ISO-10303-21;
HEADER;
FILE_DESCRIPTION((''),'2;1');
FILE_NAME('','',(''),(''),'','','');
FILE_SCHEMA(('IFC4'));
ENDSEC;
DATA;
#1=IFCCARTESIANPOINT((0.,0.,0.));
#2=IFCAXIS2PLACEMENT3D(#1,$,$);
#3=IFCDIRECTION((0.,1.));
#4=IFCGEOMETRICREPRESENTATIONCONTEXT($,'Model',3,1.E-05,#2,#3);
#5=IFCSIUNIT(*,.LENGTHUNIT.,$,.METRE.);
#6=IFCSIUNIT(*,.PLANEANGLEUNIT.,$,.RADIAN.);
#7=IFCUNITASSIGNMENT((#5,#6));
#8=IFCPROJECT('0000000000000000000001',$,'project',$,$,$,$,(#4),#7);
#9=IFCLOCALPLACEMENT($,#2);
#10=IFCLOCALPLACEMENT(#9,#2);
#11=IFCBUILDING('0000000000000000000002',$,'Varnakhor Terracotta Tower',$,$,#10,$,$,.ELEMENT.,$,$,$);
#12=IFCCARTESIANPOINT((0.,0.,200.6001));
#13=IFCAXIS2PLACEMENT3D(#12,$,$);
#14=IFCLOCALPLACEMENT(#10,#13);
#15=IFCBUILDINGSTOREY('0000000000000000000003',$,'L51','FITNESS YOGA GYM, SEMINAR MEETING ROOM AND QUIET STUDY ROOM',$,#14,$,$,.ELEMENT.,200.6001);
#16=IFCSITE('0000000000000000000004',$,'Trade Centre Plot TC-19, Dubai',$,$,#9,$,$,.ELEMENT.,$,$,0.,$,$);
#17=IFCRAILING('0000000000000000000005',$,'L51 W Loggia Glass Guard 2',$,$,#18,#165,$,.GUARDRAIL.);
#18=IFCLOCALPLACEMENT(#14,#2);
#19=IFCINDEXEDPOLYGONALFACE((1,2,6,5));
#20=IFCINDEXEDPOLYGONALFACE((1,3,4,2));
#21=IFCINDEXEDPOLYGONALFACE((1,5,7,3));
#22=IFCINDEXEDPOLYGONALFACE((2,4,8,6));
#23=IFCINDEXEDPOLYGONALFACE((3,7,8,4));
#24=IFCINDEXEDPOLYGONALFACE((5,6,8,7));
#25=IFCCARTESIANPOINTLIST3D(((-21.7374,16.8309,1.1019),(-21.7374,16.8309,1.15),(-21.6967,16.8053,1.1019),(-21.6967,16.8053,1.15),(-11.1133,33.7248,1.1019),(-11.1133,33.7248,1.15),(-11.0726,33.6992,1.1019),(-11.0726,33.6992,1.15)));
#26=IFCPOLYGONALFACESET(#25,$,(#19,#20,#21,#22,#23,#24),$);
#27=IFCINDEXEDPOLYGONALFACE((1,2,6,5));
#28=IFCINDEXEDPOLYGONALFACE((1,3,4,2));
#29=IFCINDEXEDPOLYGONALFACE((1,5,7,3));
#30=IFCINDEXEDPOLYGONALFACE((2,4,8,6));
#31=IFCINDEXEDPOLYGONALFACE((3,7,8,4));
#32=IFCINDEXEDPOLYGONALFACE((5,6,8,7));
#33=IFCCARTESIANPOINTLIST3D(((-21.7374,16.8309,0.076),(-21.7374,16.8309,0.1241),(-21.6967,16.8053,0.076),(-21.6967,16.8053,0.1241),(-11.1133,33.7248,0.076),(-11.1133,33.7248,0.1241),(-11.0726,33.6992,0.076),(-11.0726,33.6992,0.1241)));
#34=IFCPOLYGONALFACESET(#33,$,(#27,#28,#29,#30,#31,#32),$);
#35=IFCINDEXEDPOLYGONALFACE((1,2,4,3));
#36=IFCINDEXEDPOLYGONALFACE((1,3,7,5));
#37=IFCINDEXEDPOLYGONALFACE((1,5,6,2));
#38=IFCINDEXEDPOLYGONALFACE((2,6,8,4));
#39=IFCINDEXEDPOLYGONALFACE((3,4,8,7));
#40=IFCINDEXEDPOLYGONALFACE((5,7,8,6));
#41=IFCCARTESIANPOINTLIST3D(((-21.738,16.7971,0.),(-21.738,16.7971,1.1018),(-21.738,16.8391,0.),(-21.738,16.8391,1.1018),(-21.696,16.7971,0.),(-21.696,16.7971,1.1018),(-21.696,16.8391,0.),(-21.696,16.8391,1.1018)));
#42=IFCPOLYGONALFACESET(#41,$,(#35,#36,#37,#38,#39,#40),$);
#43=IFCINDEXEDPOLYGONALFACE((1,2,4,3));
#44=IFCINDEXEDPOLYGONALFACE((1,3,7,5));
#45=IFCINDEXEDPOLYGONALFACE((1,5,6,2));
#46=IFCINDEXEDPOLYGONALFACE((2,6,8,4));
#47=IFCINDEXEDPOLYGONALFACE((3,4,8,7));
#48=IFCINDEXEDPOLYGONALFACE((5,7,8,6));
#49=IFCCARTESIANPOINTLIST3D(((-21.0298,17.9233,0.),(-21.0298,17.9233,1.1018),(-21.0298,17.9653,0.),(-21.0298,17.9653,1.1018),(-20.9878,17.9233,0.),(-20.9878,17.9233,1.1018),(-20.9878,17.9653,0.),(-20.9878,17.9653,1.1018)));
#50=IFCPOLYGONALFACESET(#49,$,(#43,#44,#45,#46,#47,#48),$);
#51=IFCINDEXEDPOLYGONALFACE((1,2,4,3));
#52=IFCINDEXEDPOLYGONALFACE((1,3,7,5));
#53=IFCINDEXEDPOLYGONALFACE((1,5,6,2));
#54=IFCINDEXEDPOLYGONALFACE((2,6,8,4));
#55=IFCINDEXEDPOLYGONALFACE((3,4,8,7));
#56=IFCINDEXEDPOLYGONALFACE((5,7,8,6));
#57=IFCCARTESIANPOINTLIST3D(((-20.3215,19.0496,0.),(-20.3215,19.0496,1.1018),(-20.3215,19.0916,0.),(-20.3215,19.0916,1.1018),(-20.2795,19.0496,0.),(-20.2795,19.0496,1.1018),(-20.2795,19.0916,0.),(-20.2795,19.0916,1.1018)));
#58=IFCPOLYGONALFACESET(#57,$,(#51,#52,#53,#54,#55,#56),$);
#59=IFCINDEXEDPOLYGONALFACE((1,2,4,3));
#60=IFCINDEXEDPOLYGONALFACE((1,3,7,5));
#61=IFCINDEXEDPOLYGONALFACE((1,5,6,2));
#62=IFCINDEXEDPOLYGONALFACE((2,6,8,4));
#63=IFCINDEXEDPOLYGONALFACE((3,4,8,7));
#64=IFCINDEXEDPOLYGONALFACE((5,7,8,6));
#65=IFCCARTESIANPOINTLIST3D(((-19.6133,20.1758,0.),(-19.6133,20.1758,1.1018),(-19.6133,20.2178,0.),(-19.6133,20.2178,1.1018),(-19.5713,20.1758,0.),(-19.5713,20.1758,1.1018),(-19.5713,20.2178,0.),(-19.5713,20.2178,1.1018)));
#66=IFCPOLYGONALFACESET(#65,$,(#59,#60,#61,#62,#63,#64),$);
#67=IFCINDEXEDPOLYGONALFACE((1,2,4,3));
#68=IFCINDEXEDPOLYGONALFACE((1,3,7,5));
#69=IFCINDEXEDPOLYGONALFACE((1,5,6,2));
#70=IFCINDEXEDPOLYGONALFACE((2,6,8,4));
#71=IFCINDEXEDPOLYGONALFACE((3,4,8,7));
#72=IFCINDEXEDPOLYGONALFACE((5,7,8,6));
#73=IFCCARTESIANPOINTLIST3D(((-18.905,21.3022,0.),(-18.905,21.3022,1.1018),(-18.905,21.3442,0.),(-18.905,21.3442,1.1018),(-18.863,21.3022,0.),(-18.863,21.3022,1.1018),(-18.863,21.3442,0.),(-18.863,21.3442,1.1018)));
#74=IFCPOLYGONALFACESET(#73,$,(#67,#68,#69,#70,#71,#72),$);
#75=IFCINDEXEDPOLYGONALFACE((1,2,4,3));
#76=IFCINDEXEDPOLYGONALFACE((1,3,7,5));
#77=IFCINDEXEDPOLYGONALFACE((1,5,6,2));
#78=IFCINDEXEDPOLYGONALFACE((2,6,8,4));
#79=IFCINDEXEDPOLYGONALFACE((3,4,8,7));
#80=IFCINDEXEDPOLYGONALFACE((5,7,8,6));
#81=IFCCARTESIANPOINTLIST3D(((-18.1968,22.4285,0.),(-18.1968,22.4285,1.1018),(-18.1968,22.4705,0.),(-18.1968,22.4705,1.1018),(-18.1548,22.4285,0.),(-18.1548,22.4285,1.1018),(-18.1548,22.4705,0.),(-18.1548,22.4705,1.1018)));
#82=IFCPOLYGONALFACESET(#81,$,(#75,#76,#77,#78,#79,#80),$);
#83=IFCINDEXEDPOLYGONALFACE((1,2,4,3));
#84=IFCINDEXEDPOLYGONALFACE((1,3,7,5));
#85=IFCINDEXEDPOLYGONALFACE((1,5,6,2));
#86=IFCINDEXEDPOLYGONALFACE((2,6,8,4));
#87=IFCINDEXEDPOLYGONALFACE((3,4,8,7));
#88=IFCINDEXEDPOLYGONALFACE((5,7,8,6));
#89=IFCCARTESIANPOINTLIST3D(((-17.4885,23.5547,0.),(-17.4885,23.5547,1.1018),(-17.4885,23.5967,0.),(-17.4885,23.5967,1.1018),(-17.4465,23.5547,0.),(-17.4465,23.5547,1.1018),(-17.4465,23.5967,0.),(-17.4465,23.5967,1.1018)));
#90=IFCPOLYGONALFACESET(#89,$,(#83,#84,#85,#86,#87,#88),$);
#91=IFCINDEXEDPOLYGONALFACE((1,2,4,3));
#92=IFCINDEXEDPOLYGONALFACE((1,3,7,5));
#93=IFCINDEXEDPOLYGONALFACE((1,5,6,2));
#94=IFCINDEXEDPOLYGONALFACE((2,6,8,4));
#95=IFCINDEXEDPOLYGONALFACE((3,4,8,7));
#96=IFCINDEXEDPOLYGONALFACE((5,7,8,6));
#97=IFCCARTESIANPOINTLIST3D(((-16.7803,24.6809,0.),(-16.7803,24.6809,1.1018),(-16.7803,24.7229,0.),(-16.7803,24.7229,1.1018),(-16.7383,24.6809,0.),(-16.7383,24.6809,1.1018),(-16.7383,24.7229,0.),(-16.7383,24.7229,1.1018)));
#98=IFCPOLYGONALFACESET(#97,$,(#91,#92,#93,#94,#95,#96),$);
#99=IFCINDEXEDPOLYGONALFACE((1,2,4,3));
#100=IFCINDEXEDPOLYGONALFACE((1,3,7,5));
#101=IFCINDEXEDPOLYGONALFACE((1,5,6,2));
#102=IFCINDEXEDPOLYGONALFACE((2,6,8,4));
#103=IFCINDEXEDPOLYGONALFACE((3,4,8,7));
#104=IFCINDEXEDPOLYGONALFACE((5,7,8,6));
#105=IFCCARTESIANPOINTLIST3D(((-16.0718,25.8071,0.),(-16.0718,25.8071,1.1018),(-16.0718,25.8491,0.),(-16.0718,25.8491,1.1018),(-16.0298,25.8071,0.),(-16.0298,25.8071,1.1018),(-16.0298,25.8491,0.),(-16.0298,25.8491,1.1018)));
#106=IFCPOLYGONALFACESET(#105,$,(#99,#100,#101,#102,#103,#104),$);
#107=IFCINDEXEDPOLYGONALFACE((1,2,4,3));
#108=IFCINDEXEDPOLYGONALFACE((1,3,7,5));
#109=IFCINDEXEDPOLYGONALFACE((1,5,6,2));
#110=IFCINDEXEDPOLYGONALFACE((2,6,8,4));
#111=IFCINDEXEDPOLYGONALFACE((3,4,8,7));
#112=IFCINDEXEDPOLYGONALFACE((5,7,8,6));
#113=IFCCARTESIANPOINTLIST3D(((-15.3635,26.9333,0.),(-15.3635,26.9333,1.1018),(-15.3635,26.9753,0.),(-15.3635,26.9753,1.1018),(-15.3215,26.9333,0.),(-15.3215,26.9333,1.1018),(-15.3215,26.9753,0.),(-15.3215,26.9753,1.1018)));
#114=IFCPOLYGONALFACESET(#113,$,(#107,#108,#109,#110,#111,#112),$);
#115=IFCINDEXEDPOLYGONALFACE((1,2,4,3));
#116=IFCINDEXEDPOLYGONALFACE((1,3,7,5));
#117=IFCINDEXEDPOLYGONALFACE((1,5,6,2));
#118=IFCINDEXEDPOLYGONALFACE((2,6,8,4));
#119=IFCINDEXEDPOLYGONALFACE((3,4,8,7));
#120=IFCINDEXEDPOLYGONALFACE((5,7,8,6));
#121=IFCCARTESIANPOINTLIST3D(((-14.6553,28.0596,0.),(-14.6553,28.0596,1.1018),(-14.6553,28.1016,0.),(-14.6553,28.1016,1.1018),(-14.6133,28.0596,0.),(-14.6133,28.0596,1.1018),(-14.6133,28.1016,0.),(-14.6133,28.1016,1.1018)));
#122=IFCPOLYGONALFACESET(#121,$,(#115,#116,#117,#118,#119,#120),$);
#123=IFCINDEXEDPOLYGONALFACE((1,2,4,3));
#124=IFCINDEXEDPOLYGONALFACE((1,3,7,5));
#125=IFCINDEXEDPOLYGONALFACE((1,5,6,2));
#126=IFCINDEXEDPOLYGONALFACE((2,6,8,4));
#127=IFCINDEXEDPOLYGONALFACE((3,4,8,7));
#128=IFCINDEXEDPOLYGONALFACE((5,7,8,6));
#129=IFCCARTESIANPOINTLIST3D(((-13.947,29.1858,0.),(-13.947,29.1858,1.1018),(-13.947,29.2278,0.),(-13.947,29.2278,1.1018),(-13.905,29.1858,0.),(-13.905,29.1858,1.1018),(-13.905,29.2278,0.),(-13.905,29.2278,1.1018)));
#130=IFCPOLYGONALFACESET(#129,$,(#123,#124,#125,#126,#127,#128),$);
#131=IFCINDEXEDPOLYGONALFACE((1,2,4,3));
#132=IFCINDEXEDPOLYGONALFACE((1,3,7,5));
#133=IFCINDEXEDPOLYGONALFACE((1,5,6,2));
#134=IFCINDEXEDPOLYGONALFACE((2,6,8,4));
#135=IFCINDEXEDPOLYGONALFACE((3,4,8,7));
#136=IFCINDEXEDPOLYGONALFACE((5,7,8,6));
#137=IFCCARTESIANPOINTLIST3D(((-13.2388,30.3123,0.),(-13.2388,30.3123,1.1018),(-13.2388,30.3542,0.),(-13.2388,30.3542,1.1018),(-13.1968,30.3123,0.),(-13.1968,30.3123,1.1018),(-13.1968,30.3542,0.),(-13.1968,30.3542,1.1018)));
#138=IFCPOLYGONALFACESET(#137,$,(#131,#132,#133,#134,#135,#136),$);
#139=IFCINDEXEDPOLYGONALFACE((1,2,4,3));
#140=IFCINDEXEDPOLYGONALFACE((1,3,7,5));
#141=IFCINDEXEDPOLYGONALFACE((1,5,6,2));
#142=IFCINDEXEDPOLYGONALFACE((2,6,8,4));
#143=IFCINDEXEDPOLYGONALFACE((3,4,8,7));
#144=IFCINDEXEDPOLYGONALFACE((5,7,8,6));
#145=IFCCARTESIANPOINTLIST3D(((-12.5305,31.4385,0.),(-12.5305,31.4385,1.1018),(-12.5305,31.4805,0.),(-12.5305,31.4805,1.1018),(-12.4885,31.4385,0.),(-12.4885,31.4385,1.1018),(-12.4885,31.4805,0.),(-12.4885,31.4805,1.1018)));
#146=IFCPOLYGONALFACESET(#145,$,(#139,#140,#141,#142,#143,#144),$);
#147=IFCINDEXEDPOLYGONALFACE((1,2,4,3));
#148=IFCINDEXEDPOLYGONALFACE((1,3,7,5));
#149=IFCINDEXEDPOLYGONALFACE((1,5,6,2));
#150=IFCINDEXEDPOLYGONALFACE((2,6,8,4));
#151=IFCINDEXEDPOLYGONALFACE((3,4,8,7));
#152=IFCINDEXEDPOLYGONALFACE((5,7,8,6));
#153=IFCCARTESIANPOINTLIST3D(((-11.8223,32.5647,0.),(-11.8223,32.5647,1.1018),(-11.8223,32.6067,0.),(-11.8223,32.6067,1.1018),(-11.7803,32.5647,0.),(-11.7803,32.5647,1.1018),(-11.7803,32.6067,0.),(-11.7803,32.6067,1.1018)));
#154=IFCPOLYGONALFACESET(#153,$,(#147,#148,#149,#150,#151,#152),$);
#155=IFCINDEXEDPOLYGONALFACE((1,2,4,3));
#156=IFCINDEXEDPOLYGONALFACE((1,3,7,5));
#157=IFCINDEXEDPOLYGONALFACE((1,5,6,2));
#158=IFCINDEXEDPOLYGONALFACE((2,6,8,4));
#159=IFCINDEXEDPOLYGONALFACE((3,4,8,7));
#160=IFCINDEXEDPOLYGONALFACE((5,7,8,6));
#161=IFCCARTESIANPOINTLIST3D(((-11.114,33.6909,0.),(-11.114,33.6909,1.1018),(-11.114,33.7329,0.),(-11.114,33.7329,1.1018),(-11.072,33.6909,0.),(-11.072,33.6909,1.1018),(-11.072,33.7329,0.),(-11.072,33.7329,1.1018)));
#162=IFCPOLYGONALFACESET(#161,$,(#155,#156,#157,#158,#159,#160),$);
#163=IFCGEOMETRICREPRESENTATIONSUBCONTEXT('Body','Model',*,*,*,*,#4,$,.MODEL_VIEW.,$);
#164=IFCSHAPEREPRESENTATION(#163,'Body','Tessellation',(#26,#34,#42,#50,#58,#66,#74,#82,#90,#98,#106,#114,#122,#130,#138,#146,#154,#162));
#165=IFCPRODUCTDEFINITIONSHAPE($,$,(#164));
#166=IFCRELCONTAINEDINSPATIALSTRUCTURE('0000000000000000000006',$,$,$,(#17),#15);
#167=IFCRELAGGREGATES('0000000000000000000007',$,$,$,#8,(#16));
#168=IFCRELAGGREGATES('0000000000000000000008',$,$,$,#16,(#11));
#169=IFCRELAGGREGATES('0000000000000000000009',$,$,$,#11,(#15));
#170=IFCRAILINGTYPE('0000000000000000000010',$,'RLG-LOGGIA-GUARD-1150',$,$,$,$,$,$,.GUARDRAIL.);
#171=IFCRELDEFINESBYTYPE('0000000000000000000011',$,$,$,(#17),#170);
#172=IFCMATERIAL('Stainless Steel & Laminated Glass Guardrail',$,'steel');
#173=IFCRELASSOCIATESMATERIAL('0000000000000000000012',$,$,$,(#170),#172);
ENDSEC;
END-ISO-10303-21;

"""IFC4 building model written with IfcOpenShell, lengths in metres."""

from ifc_helpers import new_model, si_unit, direction, frame, origin, origin_2d, place, context, subcontext, project, spatial, rectangle, extrude, material, type_object, element, save


model = new_model("IFC4")

# Units and contexts
model_context = context("Model", 3, precision=1e-05, world=origin(), true_north=direction((0.0, 1.0)))
body_context = subcontext(model_context, "Body", "Model", "MODEL_VIEW")
ifc_project = project(units=[si_unit("LENGTHUNIT", "METRE"), si_unit("PLANEANGLEUNIT", "RADIAN")], contexts=[model_context])

# Site, building, storey
site_placement = place(None, origin())
site = spatial("IfcSite", under=ifc_project, at=site_placement, Name="Trade Centre Plot TC-19, Dubai", CompositionType="ELEMENT", RefElevation=0.0)
building_placement = place(site_placement, origin())
building = spatial("IfcBuilding", under=site, at=building_placement, Name="Varnakhor Terracotta Tower", CompositionType="ELEMENT")
storey_placement = place(building_placement, frame((0.0, 0.0, 200.6001)))
storey = spatial("IfcBuildingStorey", under=building, at=storey_placement, Name="L51", Description="FITNESS YOGA GYM, SEMINAR MEETING ROOM AND QUIET STUDY ROOM", CompositionType="ELEMENT", Elevation=200.6001)

# Railing
ifc_material_1 = material(Name="Stainless Steel & Laminated Glass Guardrail", Category="steel")
railing_type = type_object("IfcRailingType", Name="RLG-LOGGIA-GUARD-1150", PredefinedType="GUARDRAIL", material=ifc_material_1)
railing_1_placement = place(storey_placement, frame((-21.717, 16.8181, 0.0)))
element("IfcRailing", 1, at=railing_1_placement, inside=storey, type_object=railing_type, Name="L51 W Loggia Glass Guard 2", PredefinedType="GUARDRAIL", context=body_context, shape_type="SweptSolid", body=[
    extrude(rectangle(XDim=0.0481, YDim=0.0481, at=origin_2d()), frame((0.0, 0.0, 1.126), z_axis=(0.532353, 0.846522, 0.0), x_axis=(-0.846522, 0.532353, 0.0)), (0.0, 0.0, 1.0), 19.9568),
    extrude(rectangle(XDim=0.0481, YDim=0.0481, at=origin_2d()), frame((0.0, 0.0, 0.1001), z_axis=(0.532353, 0.846522, 0.0), x_axis=(-0.846522, 0.532353, 0.0)), (0.0, 0.0, 1.0), 19.9568),
    extrude(rectangle(XDim=0.042, YDim=0.042, at=origin_2d()), origin(), (0.0, 0.0, 1.0), 1.1018),
    extrude(rectangle(XDim=0.042, YDim=0.042, at=origin_2d()), frame((0.7083, 1.1262, 0.0)), (0.0, 0.0, 1.0), 1.1018),
    extrude(rectangle(XDim=0.042, YDim=0.042, at=origin_2d()), frame((1.4165, 2.2524, 0.0)), (0.0, 0.0, 1.0), 1.1018),
    extrude(rectangle(XDim=0.042, YDim=0.042, at=origin_2d()), frame((2.1248, 3.3787, 0.0)), (0.0, 0.0, 1.0), 1.1018),
    extrude(rectangle(XDim=0.042, YDim=0.042, at=origin_2d()), frame((2.833, 4.5051, 0.0)), (0.0, 0.0, 1.0), 1.1018),
    extrude(rectangle(XDim=0.042, YDim=0.042, at=origin_2d()), frame((3.5413, 5.6313, 0.0)), (0.0, 0.0, 1.0), 1.1018),
    extrude(rectangle(XDim=0.042, YDim=0.042, at=origin_2d()), frame((4.2495, 6.7576, 0.0)), (0.0, 0.0, 1.0), 1.1018),
    extrude(rectangle(XDim=0.042, YDim=0.042, at=origin_2d()), frame((4.9578, 7.8838, 0.0)), (0.0, 0.0, 1.0), 1.1018),
    extrude(rectangle(XDim=0.042, YDim=0.042, at=origin_2d()), frame((5.6663, 9.01, 0.0)), (0.0, 0.0, 1.0), 1.1018),
    extrude(rectangle(XDim=0.042, YDim=0.042, at=origin_2d()), frame((6.3745, 10.1362, 0.0)), (0.0, 0.0, 1.0), 1.1018),
    extrude(rectangle(XDim=0.042, YDim=0.042, at=origin_2d()), frame((7.0828, 11.2625, 0.0)), (0.0, 0.0, 1.0), 1.1018),
    extrude(rectangle(XDim=0.042, YDim=0.042, at=origin_2d()), frame((7.791, 12.3887, 0.0)), (0.0, 0.0, 1.0), 1.1018),
    extrude(rectangle(XDim=0.042, YDim=0.042, at=origin_2d()), frame((8.4993, 13.5151, 0.0)), (0.0, 0.0, 1.0), 1.1018),
    extrude(rectangle(XDim=0.042, YDim=0.042, at=origin_2d()), frame((9.2075, 14.6414, 0.0)), (0.0, 0.0, 1.0), 1.1018),
    extrude(rectangle(XDim=0.042, YDim=0.042, at=origin_2d()), frame((9.9158, 15.7676, 0.0)), (0.0, 0.0, 1.0), 1.1018),
    extrude(rectangle(XDim=0.042, YDim=0.042, at=origin_2d()), frame((10.624, 16.8938, 0.0)), (0.0, 0.0, 1.0), 1.1018),
])

save(model, "model.ifc")
